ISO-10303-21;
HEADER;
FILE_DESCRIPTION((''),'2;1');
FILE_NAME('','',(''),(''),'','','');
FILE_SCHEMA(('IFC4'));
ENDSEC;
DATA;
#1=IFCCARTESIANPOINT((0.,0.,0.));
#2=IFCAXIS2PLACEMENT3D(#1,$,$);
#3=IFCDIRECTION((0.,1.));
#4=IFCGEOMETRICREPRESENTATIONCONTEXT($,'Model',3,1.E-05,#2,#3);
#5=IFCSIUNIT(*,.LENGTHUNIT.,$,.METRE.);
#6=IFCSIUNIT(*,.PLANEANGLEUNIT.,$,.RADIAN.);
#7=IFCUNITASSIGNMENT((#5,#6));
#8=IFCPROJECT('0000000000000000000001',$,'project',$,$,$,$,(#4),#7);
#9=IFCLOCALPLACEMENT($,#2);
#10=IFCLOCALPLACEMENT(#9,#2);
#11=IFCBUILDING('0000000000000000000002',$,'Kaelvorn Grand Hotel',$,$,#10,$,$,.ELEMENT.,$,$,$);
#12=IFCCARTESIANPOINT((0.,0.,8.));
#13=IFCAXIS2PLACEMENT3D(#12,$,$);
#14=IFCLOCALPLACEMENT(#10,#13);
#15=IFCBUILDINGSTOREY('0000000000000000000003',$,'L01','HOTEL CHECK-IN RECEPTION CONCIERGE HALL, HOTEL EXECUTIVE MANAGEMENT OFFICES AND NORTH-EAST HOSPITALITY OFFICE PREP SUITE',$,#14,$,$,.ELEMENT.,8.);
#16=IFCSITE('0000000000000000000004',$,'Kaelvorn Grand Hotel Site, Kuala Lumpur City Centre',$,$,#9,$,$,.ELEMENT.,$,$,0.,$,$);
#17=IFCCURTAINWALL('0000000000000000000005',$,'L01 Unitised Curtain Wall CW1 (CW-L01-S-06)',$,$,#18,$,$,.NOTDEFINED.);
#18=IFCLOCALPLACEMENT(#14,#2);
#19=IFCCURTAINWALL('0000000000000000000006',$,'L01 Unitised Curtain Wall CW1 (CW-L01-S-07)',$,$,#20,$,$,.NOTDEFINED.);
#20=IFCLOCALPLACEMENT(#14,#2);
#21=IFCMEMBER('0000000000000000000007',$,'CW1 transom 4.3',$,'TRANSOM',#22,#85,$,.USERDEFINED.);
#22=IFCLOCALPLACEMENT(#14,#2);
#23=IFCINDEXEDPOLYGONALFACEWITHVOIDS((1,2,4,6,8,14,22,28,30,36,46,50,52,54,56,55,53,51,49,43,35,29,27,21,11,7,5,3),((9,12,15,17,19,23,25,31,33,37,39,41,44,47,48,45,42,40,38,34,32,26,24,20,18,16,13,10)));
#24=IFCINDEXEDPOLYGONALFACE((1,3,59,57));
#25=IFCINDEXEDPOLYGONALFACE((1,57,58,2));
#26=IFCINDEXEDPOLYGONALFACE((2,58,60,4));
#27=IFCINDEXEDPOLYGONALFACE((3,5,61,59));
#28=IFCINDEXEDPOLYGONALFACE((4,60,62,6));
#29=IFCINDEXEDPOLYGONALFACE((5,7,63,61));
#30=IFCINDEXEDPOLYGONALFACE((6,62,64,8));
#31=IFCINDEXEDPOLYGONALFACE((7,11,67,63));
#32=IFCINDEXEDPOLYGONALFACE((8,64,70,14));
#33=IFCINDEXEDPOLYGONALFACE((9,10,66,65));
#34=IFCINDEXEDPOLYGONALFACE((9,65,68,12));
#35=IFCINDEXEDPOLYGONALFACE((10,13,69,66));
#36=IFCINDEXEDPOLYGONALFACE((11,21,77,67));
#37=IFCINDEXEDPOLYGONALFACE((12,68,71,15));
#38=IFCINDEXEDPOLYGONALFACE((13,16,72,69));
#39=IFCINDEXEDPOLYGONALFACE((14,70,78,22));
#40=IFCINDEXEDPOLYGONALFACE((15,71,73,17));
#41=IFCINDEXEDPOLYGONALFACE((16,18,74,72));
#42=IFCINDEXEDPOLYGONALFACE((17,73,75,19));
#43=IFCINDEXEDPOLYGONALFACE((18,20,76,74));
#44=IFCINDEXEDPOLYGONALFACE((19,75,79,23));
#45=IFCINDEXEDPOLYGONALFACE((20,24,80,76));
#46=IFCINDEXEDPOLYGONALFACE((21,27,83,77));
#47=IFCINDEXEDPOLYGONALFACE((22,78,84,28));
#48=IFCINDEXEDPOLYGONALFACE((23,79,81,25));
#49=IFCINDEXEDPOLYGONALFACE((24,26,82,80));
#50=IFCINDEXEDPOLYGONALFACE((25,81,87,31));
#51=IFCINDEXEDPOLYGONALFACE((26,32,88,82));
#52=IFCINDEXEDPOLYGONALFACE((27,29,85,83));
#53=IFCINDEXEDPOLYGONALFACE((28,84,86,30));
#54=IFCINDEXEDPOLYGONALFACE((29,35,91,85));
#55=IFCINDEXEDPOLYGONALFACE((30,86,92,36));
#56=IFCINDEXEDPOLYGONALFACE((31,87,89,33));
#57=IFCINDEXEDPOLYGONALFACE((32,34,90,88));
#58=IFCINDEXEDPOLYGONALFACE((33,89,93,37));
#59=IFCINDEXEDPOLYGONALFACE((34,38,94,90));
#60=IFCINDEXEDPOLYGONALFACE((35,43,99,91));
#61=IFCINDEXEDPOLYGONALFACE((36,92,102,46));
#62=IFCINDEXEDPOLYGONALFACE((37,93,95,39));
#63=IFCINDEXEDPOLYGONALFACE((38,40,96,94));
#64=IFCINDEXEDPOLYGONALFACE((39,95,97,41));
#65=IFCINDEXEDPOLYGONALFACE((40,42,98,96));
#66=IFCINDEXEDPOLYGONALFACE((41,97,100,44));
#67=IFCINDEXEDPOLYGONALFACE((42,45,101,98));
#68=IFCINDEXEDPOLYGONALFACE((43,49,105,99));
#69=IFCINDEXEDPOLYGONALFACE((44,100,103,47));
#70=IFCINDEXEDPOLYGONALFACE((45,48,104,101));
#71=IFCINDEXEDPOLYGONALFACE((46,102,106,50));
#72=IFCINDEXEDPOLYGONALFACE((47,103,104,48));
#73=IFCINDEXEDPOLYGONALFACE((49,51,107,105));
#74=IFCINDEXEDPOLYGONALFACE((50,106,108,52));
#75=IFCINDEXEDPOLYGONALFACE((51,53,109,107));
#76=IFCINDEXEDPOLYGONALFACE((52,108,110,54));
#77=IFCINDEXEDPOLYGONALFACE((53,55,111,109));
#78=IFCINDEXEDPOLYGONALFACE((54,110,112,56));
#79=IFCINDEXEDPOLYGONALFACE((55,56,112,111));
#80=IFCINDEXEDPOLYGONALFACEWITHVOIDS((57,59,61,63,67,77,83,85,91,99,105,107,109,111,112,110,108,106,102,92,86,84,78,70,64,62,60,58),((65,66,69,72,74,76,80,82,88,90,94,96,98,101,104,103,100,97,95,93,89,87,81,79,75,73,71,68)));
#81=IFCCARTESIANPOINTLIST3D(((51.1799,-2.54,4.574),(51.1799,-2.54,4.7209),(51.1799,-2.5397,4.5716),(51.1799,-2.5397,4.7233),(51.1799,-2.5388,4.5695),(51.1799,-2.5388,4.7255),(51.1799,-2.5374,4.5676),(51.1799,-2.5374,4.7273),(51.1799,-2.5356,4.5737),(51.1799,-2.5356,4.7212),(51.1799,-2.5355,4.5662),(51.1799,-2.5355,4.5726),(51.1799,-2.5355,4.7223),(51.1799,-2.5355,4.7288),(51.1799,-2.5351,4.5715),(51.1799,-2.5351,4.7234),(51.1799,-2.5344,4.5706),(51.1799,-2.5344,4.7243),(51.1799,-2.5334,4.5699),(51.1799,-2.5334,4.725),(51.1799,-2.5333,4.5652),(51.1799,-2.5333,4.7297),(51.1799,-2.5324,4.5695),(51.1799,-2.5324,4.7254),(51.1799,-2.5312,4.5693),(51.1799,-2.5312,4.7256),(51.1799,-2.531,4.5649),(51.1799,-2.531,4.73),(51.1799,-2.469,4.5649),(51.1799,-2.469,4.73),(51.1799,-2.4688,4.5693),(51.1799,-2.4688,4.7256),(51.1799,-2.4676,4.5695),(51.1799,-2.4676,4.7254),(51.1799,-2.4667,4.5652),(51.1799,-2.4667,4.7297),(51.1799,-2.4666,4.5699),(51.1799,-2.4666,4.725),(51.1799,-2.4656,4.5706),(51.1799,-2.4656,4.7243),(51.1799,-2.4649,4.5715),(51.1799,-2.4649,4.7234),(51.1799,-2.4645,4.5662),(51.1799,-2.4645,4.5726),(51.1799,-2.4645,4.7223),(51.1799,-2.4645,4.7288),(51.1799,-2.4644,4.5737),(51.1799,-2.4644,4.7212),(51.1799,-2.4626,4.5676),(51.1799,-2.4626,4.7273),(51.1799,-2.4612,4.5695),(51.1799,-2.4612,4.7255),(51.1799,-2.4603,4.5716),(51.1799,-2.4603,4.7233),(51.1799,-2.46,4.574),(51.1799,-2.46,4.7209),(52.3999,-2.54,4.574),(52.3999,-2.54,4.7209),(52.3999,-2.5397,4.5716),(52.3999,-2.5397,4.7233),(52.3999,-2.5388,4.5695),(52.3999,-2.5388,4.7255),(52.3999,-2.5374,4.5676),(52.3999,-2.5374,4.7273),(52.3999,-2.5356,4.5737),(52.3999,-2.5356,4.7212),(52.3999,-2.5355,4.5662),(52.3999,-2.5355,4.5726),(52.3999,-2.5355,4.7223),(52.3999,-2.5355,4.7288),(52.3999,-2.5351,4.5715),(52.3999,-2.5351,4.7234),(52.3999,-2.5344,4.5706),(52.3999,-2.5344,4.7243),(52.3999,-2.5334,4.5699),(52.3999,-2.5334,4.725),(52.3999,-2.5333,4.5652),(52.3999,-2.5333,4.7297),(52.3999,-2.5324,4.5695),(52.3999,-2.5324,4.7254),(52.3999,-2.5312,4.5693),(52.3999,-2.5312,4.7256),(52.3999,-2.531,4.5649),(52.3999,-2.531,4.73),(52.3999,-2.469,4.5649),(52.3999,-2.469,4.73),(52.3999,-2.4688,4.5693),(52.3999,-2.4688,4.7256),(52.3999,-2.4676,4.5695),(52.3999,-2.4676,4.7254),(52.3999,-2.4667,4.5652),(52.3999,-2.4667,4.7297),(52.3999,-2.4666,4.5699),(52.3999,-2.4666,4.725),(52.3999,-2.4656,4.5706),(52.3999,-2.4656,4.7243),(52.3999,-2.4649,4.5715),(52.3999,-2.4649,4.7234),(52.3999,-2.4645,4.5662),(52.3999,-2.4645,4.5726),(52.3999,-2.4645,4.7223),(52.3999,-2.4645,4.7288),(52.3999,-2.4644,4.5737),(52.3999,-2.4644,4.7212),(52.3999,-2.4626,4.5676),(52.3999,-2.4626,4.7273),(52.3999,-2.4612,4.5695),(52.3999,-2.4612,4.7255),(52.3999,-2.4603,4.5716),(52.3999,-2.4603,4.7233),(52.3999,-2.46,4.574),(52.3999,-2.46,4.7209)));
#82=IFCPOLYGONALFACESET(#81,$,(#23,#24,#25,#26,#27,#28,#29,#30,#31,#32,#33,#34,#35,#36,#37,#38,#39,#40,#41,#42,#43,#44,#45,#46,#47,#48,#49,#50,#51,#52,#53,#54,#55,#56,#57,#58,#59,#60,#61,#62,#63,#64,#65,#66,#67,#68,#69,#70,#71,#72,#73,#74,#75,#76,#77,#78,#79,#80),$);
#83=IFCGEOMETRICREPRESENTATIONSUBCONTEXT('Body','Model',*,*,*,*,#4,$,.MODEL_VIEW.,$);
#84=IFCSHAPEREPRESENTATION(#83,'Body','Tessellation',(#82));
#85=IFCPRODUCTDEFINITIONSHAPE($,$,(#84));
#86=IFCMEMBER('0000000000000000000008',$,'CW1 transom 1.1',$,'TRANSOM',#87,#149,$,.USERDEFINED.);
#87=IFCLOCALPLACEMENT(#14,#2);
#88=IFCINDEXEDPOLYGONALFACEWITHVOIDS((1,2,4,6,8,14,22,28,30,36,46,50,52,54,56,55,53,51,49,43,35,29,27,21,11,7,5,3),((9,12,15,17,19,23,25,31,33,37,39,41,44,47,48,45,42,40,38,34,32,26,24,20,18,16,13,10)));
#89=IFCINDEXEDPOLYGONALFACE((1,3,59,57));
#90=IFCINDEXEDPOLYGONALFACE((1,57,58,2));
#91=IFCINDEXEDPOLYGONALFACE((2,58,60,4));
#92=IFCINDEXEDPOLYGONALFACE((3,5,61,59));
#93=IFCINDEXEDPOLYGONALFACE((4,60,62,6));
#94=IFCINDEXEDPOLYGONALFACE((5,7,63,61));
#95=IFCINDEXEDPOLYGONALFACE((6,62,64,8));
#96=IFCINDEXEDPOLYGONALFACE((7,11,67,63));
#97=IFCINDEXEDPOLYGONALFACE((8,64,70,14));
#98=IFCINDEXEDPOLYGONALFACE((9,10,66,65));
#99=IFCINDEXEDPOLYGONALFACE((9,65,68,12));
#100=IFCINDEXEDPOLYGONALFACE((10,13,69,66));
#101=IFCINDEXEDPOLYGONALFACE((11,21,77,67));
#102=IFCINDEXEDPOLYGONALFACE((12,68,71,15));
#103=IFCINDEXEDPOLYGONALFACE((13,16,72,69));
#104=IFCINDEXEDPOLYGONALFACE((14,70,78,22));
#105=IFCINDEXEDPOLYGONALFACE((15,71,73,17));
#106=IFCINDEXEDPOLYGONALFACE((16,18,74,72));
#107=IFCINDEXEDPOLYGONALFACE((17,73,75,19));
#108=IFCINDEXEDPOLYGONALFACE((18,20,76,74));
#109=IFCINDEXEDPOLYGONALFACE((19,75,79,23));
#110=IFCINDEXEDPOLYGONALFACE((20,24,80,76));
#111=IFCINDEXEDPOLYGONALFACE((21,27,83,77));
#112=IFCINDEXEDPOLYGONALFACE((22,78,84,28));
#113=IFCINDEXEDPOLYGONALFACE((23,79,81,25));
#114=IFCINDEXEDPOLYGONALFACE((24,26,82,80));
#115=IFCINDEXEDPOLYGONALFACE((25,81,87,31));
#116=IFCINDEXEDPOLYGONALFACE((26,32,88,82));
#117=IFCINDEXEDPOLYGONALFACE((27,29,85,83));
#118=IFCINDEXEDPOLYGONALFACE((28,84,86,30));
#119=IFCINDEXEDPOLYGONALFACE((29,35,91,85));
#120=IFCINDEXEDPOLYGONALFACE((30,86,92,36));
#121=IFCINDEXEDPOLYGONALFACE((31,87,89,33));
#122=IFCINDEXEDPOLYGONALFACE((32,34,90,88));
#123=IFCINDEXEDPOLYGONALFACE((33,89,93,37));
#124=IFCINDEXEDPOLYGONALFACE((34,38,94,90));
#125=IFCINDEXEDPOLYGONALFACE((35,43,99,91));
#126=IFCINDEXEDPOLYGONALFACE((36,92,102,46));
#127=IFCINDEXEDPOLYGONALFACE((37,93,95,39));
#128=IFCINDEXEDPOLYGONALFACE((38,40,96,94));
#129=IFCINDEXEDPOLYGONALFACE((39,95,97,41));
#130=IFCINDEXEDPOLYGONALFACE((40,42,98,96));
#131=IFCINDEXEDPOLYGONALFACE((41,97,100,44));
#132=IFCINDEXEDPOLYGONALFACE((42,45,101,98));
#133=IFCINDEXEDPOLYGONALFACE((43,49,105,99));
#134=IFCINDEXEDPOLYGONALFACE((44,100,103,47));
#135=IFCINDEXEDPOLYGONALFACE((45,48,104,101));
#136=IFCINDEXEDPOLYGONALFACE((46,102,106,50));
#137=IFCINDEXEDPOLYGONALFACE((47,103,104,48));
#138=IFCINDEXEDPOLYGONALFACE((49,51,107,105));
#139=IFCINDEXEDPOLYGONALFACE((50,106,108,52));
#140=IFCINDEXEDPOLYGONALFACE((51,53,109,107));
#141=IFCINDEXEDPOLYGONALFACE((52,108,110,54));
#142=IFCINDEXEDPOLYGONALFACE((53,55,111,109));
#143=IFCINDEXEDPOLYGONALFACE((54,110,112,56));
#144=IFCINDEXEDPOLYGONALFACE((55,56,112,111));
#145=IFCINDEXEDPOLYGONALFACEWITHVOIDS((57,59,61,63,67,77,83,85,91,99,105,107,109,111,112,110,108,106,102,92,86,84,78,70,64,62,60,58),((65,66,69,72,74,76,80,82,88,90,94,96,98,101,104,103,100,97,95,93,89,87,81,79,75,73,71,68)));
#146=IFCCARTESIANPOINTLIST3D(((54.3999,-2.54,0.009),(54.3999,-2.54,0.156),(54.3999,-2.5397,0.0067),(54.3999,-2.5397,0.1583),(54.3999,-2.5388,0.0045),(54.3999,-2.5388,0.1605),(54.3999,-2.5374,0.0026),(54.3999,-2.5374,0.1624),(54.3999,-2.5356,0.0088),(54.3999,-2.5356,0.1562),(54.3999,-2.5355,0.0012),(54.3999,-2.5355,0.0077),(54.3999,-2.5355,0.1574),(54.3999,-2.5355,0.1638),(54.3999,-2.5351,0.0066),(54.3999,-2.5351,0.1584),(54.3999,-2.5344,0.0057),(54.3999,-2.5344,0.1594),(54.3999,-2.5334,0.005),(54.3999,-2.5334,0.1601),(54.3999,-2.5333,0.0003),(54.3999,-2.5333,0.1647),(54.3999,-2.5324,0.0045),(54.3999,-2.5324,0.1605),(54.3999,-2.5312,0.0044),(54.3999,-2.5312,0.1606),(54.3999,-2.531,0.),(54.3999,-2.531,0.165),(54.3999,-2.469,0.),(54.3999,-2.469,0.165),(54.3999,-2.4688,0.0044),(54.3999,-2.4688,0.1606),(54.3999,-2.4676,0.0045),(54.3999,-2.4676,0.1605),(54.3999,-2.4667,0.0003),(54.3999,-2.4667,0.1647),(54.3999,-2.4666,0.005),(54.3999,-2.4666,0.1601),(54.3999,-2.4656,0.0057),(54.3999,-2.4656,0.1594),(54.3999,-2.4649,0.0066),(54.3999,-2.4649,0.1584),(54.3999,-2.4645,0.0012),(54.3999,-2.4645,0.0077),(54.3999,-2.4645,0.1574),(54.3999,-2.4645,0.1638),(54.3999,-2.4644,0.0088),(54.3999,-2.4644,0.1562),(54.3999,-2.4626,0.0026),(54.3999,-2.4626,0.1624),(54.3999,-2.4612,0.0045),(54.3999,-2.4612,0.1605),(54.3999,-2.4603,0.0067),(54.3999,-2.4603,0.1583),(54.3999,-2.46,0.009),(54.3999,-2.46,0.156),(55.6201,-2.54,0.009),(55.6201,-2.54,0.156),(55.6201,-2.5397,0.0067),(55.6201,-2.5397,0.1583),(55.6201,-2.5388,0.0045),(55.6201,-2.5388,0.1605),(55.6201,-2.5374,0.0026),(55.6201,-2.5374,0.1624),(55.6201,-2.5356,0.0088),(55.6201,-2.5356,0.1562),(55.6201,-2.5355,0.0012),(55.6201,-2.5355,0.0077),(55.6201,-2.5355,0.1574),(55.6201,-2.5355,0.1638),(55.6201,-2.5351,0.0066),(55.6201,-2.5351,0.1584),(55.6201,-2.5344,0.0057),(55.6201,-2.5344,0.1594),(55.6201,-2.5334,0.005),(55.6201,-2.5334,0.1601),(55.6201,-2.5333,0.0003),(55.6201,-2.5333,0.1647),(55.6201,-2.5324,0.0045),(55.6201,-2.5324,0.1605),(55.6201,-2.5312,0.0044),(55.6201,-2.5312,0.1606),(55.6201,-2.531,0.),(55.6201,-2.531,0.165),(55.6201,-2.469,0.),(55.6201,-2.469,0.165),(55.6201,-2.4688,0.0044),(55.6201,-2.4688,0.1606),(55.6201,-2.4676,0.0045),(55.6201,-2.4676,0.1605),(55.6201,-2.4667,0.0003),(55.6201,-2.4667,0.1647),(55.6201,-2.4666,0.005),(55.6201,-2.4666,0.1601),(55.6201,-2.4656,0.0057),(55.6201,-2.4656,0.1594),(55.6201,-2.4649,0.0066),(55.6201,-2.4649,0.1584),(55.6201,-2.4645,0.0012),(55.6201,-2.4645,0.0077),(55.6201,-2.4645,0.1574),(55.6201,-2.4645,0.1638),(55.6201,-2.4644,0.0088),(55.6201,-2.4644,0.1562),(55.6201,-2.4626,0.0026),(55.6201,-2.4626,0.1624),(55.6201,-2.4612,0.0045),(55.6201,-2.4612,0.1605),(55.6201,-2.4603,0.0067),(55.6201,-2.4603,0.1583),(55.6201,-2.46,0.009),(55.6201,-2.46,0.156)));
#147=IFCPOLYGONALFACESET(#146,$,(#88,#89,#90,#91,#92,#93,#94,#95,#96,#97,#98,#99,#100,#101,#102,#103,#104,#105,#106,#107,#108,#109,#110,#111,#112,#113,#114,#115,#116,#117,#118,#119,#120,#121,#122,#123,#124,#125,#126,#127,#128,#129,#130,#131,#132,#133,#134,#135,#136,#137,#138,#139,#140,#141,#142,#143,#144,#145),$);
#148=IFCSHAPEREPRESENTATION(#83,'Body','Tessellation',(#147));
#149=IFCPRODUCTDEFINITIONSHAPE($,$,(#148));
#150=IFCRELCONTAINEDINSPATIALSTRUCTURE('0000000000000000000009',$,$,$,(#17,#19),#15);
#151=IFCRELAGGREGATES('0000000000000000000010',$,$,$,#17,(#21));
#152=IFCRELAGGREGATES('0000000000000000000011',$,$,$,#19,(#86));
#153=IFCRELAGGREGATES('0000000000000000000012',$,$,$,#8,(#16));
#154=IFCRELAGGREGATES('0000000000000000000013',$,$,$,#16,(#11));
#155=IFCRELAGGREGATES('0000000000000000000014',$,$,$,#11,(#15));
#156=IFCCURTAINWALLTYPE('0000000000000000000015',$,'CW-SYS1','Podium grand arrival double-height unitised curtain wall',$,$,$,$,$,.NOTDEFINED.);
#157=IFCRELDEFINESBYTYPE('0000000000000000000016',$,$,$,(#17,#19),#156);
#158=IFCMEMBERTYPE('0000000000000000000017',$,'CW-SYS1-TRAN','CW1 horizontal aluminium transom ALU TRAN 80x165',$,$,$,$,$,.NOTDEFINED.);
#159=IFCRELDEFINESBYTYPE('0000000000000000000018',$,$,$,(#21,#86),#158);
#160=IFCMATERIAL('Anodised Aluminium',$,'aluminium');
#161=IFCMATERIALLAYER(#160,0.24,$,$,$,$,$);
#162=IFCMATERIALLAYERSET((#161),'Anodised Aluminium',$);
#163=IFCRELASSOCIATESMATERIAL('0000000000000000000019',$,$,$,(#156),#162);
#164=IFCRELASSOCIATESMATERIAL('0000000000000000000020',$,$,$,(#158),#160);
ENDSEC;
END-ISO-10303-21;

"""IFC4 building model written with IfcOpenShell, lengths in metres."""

from ifc_helpers import new_model, si_unit, direction, frame, origin, origin_2d, place, context, subcontext, project, spatial, hollow_rectangle, extrude, material, layer, layer_set, material_profile, profile_set, type_object, element, aggregate, save


model = new_model("IFC4")

# Units and contexts
model_context = context("Model", 3, precision=1e-05, world=origin(), true_north=direction((0.0, 1.0)))
body_context = subcontext(model_context, "Body", "Model", "MODEL_VIEW")
ifc_project = project(units=[si_unit("LENGTHUNIT", "METRE"), si_unit("PLANEANGLEUNIT", "RADIAN")], contexts=[model_context])

# Site, building, storey
site_placement = place(None, origin())
site = spatial("IfcSite", under=ifc_project, at=site_placement, Name="Kaelvorn Grand Hotel Site, Kuala Lumpur City Centre", CompositionType="ELEMENT", RefElevation=0.0)
building_placement = place(site_placement, origin())
building = spatial("IfcBuilding", under=site, at=building_placement, Name="Kaelvorn Grand Hotel", CompositionType="ELEMENT")
storey_placement = place(building_placement, frame((0.0, 0.0, 8.0)))
storey = spatial("IfcBuildingStorey", under=building, at=storey_placement, Name="L01", Description="HOTEL CHECK-IN RECEPTION CONCIERGE HALL, HOTEL EXECUTIVE MANAGEMENT OFFICES AND NORTH-EAST HOSPITALITY OFFICE PREP SUITE", CompositionType="ELEMENT", Elevation=8.0)

# Curtain walls
ifc_material_1 = material(Name="Anodised Aluminium", Category="aluminium")
ifc_layer_1 = layer(ifc_material_1, 0.24)
ifc_layer_set_1 = layer_set([ifc_layer_1], Name="Anodised Aluminium")
curtain_wall_type = type_object("IfcCurtainWallType", Name="CW-SYS1", Description="Podium grand arrival double-height unitised curtain wall", PredefinedType="NOTDEFINED", material=ifc_layer_set_1)
curtain_wall_1_placement = place(storey_placement, origin())
curtain_wall_1 = element("IfcCurtainWall", 1, at=curtain_wall_1_placement, inside=storey, type_object=curtain_wall_type, Name="L01 Unitised Curtain Wall CW1 (CW-L01-S-06)", PredefinedType="NOTDEFINED")
curtain_wall_2_placement = place(storey_placement, origin())
curtain_wall_2 = element("IfcCurtainWall", 2, at=curtain_wall_2_placement, inside=storey, type_object=curtain_wall_type, Name="L01 Unitised Curtain Wall CW1 (CW-L01-S-07)", PredefinedType="NOTDEFINED")

# Members
ifc_material_profile_1 = material_profile(ifc_material_1, hollow_rectangle(XDim=0.0801, YDim=0.165, WallThickness=0.0044, InnerFilletRadius=0.0044, OuterFilletRadius=0.009, at=origin_2d()), Name="ALU TRAN 80x165")
ifc_profile_set_1 = profile_set([ifc_material_profile_1], Name="Anodised Aluminium")
member_type_1 = type_object("IfcMemberType", Name="CW-SYS1-TRAN", Description="CW1 horizontal aluminium transom ALU TRAN 80x165", PredefinedType="NOTDEFINED", material=ifc_profile_set_1)
member_1_placement = place(storey_placement, frame((51.1799, -2.5, 4.6475), z_axis=(1.0, 0.0, 0.0), x_axis=(0.0, 1.0, 0.0)))
member_1 = element("IfcMember", 3, at=member_1_placement, type_object=member_type_1, Name="CW1 transom 4.3", ObjectType="TRANSOM", PredefinedType="USERDEFINED", context=body_context, shape_type="SweptSolid", body=[
    extrude(hollow_rectangle(XDim=0.0801, YDim=0.165, WallThickness=0.0044, InnerFilletRadius=0.0044, OuterFilletRadius=0.009, at=origin_2d()), origin(), (0.0, 0.0, 1.0), 1.22),
])
member_2_placement = place(storey_placement, frame((54.3999, -2.5, 0.0825), z_axis=(1.0, 0.0, 0.0), x_axis=(0.0, 1.0, 0.0)))
member_2 = element("IfcMember", 4, at=member_2_placement, type_object=member_type_1, Name="CW1 transom 1.1", ObjectType="TRANSOM", PredefinedType="USERDEFINED", context=body_context, shape_type="SweptSolid", body=[
    extrude(hollow_rectangle(XDim=0.0801, YDim=0.165, WallThickness=0.0044, InnerFilletRadius=0.0044, OuterFilletRadius=0.009, at=origin_2d()), origin(), (0.0, 0.0, 1.0), 1.2202),
])

aggregate(curtain_wall_1, [member_1])
aggregate(curtain_wall_2, [member_2])

save(model, "model.ifc")
